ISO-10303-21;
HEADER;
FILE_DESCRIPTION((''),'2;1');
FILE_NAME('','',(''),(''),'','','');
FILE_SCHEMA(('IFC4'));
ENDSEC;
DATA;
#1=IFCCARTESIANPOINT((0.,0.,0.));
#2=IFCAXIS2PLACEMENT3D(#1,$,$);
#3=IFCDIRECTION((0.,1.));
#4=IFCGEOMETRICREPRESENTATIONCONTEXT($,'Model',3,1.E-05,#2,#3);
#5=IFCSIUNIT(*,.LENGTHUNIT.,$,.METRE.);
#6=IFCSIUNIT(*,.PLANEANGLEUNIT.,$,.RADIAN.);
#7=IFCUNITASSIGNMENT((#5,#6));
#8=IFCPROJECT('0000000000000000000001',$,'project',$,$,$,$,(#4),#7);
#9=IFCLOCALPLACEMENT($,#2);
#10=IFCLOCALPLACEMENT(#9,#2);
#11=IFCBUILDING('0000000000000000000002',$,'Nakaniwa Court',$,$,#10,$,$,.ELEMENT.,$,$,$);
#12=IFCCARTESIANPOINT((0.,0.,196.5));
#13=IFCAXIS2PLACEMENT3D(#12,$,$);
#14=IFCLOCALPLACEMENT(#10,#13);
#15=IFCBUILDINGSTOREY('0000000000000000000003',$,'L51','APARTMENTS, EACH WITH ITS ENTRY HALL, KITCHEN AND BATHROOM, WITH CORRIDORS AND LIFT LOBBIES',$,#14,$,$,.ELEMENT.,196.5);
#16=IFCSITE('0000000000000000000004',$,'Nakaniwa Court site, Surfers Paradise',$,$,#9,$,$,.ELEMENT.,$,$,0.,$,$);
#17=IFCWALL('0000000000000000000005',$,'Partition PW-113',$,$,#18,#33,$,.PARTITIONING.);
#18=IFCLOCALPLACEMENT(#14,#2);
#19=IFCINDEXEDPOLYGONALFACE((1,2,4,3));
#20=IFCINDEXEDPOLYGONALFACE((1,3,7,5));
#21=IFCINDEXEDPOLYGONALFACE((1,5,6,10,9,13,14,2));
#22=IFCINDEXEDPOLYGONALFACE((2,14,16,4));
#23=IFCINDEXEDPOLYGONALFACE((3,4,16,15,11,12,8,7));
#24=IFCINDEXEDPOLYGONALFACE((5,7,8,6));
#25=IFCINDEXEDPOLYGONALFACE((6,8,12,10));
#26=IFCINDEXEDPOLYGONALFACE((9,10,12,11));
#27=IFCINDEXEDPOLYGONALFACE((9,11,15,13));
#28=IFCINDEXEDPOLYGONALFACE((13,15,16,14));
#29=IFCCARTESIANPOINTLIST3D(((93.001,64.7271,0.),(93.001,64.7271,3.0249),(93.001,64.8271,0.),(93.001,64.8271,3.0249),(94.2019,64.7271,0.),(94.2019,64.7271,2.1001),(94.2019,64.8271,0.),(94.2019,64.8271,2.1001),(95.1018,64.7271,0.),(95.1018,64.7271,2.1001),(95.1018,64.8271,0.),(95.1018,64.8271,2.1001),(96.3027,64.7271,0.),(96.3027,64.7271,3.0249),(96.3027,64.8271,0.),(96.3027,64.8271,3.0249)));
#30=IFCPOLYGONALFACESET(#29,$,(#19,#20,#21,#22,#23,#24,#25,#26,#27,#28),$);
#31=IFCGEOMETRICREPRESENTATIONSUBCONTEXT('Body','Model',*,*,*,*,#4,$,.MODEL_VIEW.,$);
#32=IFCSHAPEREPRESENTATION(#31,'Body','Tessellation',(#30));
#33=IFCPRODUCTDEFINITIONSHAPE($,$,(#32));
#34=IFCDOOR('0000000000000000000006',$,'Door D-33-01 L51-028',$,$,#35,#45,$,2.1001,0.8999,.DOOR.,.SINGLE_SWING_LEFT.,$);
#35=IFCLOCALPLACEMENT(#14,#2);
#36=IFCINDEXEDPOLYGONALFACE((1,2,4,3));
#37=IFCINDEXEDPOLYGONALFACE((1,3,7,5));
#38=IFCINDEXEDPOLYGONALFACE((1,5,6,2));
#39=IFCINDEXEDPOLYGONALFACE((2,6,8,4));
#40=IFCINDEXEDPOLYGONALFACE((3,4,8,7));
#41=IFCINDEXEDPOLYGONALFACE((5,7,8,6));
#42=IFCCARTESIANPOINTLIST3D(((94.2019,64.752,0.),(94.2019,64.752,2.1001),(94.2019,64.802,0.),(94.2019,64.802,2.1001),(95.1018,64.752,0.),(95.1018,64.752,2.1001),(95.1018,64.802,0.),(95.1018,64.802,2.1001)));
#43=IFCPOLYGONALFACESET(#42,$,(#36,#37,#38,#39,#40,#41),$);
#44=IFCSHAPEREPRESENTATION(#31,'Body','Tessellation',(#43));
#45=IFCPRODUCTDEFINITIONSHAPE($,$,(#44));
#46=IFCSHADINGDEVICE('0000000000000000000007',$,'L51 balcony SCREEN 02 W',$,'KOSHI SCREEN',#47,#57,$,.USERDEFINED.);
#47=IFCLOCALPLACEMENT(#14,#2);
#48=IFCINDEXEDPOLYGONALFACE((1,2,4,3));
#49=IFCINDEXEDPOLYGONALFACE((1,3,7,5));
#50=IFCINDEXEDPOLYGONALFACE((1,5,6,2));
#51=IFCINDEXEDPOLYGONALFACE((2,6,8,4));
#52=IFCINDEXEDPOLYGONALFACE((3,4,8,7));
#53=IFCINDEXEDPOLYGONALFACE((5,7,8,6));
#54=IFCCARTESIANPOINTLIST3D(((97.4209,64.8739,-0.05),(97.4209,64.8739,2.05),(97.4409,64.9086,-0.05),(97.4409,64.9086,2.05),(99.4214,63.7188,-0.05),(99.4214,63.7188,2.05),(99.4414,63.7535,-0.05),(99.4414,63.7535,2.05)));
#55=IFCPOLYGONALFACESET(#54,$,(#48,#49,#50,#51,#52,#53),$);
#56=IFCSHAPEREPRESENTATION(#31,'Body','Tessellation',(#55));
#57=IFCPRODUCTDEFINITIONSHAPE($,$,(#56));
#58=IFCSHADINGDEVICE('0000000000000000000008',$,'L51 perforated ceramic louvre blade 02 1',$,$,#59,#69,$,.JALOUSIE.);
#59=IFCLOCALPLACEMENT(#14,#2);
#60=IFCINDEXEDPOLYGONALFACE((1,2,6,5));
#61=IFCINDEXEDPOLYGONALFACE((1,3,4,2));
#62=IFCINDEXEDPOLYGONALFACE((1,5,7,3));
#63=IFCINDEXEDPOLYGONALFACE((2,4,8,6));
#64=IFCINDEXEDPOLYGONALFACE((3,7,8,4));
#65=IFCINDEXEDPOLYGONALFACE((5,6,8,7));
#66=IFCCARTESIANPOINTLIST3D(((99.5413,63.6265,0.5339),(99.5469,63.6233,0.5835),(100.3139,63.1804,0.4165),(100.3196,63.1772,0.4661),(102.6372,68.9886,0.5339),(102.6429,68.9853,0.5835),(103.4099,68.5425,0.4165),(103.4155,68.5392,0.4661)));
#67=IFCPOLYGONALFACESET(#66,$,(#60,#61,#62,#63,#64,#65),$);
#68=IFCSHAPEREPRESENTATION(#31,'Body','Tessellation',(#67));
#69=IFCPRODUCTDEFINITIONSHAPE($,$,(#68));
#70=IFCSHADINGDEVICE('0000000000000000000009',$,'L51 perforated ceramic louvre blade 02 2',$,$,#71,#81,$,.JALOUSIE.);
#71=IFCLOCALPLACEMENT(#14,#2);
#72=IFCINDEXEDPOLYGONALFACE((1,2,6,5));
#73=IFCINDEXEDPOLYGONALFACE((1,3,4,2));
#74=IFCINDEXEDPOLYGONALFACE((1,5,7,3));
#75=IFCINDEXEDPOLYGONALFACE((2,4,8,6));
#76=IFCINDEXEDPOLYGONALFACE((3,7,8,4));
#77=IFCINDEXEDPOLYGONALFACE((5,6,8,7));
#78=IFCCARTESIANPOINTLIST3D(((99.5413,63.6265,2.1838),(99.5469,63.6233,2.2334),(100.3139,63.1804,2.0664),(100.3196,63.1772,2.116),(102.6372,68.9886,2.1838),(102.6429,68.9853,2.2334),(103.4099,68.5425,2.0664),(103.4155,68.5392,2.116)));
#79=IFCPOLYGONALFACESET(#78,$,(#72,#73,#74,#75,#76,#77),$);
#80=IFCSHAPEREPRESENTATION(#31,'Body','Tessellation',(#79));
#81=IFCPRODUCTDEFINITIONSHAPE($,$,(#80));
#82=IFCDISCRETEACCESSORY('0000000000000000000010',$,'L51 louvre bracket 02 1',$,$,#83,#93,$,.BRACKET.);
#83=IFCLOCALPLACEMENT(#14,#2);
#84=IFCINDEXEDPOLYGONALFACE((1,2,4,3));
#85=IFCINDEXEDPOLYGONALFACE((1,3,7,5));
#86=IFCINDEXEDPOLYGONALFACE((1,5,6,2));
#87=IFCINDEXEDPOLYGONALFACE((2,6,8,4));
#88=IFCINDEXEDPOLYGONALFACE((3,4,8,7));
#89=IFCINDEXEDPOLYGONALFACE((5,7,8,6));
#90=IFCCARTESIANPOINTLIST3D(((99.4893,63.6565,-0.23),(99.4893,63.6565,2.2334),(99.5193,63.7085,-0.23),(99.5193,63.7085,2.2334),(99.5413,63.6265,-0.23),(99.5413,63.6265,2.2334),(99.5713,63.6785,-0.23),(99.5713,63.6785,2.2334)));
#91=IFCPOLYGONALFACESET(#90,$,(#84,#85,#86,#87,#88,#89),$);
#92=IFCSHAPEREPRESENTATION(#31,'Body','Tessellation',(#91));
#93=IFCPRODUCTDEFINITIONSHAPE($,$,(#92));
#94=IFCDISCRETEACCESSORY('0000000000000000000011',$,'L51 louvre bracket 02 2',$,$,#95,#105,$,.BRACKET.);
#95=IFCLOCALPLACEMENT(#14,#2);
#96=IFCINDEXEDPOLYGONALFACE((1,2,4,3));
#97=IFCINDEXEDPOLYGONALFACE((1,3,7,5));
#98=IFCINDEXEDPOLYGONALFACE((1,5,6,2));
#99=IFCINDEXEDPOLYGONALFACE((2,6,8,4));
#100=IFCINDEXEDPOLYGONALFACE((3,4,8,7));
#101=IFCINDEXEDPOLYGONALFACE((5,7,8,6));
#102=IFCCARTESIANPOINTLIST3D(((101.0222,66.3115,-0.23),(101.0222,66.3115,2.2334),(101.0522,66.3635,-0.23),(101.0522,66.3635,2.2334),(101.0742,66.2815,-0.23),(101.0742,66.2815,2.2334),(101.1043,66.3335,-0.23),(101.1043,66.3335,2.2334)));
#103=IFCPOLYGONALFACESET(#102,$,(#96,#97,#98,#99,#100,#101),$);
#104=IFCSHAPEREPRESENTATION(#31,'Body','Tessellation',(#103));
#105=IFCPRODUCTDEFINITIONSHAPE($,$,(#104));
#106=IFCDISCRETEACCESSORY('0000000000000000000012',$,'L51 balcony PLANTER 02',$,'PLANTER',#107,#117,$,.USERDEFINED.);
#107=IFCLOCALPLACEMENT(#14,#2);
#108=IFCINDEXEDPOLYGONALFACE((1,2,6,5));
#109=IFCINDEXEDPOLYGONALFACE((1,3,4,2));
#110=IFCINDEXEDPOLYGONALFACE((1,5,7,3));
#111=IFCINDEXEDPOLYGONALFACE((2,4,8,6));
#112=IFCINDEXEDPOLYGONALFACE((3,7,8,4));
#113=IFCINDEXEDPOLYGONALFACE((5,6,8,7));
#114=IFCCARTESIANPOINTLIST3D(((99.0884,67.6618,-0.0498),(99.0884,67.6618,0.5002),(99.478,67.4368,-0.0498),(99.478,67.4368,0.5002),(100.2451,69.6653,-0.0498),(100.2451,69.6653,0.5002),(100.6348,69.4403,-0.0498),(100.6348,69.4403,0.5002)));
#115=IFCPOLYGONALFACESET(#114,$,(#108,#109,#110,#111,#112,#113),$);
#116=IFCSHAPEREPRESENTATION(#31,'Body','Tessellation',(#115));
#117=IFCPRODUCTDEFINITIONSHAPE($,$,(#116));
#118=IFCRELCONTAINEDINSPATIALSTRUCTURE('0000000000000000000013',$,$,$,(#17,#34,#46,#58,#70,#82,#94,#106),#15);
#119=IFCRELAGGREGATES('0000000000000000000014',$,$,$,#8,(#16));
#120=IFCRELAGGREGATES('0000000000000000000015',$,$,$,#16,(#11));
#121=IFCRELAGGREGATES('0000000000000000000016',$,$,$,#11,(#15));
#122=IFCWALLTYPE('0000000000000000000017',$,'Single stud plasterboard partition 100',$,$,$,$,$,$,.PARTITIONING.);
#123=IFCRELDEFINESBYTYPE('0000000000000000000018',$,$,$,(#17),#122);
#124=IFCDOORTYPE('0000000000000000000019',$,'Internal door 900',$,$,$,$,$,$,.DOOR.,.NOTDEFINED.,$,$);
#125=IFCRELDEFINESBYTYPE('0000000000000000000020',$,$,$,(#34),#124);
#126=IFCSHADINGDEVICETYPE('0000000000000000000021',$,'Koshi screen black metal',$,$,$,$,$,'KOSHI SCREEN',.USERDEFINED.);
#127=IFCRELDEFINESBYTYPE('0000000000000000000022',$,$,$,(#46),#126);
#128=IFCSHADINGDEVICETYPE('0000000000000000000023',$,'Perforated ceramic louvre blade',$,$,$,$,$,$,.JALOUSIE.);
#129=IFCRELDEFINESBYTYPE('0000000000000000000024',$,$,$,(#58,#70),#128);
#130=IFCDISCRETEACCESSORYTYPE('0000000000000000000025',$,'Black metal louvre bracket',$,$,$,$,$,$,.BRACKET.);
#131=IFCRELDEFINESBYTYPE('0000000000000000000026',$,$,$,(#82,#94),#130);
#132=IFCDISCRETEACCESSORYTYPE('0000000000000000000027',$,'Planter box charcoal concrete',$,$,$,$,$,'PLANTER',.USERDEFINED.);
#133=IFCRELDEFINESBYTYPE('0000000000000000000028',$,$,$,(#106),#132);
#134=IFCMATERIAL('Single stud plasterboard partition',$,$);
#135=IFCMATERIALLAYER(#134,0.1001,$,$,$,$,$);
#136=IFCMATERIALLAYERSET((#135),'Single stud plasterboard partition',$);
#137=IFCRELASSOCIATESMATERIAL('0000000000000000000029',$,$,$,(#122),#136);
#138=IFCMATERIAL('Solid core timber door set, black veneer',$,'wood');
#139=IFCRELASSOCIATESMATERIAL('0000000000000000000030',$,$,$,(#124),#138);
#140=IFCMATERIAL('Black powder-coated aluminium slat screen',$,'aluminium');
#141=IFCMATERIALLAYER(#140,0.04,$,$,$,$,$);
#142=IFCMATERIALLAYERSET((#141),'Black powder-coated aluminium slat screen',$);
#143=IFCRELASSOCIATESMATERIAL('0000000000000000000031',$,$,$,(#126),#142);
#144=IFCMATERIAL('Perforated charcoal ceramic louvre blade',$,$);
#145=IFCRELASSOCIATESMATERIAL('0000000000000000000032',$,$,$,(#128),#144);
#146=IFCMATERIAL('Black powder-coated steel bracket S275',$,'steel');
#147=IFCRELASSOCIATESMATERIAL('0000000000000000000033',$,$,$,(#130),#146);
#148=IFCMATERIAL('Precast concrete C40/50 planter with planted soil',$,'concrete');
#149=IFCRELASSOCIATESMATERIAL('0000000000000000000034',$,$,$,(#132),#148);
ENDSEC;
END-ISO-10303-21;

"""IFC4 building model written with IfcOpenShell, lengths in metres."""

from ifc_helpers import new_model, si_unit, direction, frame, frame_2d, origin, origin_2d, place, context, subcontext, project, spatial, rectangle, extrude, material, layer, layer_set, material_profile, profile_set, type_object, element, fill, save


model = new_model("IFC4")

# Units and contexts
model_context = context("Model", 3, precision=1e-05, world=origin(), true_north=direction((0.0, 1.0)))
body_context = subcontext(model_context, "Body", "Model", "MODEL_VIEW")
ifc_project = project(units=[si_unit("LENGTHUNIT", "METRE"), si_unit("PLANEANGLEUNIT", "RADIAN")], contexts=[model_context])

# Site, building, storey
site_placement = place(None, origin())
site = spatial("IfcSite", under=ifc_project, at=site_placement, Name="Nakaniwa Court site, Surfers Paradise", CompositionType="ELEMENT", RefElevation=0.0)
building_placement = place(site_placement, origin())
building = spatial("IfcBuilding", under=site, at=building_placement, Name="Nakaniwa Court", CompositionType="ELEMENT")
storey_placement = place(building_placement, frame((0.0, 0.0, 196.5)))
storey = spatial("IfcBuildingStorey", under=building, at=storey_placement, Name="L51", Description="APARTMENTS, EACH WITH ITS ENTRY HALL, KITCHEN AND BATHROOM, WITH CORRIDORS AND LIFT LOBBIES", CompositionType="ELEMENT", Elevation=196.5)

# Shared definitions
ifc_material_1 = material(Name="Solid core timber door set, black veneer", Category="wood")

# Wall, opening, door
ifc_material_2 = material(Name="Single stud plasterboard partition")
ifc_layer_1 = layer(ifc_material_2, 0.1001)
ifc_layer_set_1 = layer_set([ifc_layer_1], Name="Single stud plasterboard partition")
wall_type_1 = type_object("IfcWallType", Name="Single stud plasterboard partition 100", PredefinedType="PARTITIONING", material=ifc_layer_set_1)
wall_1_placement = place(storey_placement, frame((93.001, 64.7771, 0.0), z_axis=(0.0, 0.0, 1.0), x_axis=(1.0, 0.0, 0.0)))
wall_1 = element("IfcWall", 1, at=wall_1_placement, inside=storey, type_object=wall_type_1, Name="Partition PW-113", PredefinedType="PARTITIONING", context=body_context, shape_type="SweptSolid", body=[
    extrude(rectangle(XDim=3.3018, YDim=0.1001, at=frame_2d((1.6509, 0.0))), origin(), (0.0, 0.0, 1.0), 3.0249),
])
opening_1_placement = place(wall_1_placement, frame((1.2009, 0.0, 0.0)))
opening_1 = element("IfcOpeningElement", 2, at=opening_1_placement, cuts=wall_1, PredefinedType="OPENING", context=body_context, shape_type="SweptSolid", body=[
    extrude(rectangle(XDim=0.8999, YDim=2.1001, at=frame_2d((0.45, 1.05))), frame((0.0, 0.0601, 0.0), z_axis=(0.0, -1.0, 0.0), x_axis=(1.0, 0.0, 0.0)), (0.0, 0.0, 1.0), 0.1201),
])
door_type_1 = type_object("IfcDoorType", Name="Internal door 900", OperationType="NOTDEFINED", PredefinedType="DOOR", material=ifc_material_1)
door_1_placement = place(opening_1_placement, origin())
door_1 = element("IfcDoor", 3, at=door_1_placement, inside=storey, type_object=door_type_1, Name="Door D-33-01 L51-028", OperationType="SINGLE_SWING_LEFT", OverallHeight=2.1001, OverallWidth=0.8999, PredefinedType="DOOR", context=body_context, shape_type="SweptSolid", body=[
    extrude(rectangle(XDim=0.8999, YDim=2.1001, at=frame_2d((0.45, 1.05))), frame((0.0, 0.0249, 0.0), z_axis=(0.0, -1.0, 0.0), x_axis=(1.0, 0.0, 0.0)), (0.0, 0.0, 1.0), 0.05),
])
fill(opening_1, door_1)

# Shading devices
ifc_material_3 = material(Name="Black powder-coated aluminium slat screen", Category="aluminium")
ifc_layer_2 = layer(ifc_material_3, 0.04)
ifc_layer_set_2 = layer_set([ifc_layer_2], Name="Black powder-coated aluminium slat screen")
shading_device_type_1 = type_object("IfcShadingDeviceType", Name="Koshi screen black metal", ElementType="KOSHI SCREEN", PredefinedType="USERDEFINED", material=ifc_layer_set_2)
shading_device_placement = place(storey_placement, frame((98.4312, 64.3137, -0.05), z_axis=(0.0, 0.0, 1.0), x_axis=(0.500017, 0.866016, 0.0)))
element("IfcShadingDevice", 4, at=shading_device_placement, inside=storey, type_object=shading_device_type_1, Name="L51 balcony SCREEN 02 W", ObjectType="KOSHI SCREEN", PredefinedType="USERDEFINED", context=body_context, shape_type="SweptSolid", body=[
    extrude(rectangle(XDim=0.04, YDim=2.3101, at=origin_2d()), origin(), (0.0, 0.0, 1.0), 2.1001),
])
ifc_material_4 = material(Name="Perforated charcoal ceramic louvre blade")
ifc_material_profile_1 = material_profile(ifc_material_4, rectangle(XDim=0.8999, YDim=0.05, at=origin_2d()), Name="Perforated ceramic louvre blade")
ifc_profile_set_1 = profile_set([ifc_material_profile_1], Name="Perforated charcoal ceramic louvre blade")
shading_device_type_2 = type_object("IfcShadingDeviceType", Name="Perforated ceramic louvre blade", PredefinedType="JALOUSIE", material=ifc_profile_set_1)
for number, where, z_axis, x_axis, name in (
    (5, (99.9304, 63.4019, 0.5), (0.500019, 0.866014, 0.0), (-0.858605, 0.495742, 0.130526), "L51 perforated ceramic louvre blade 02 1"),
    (6, (99.9304, 63.4019, 2.1499), (0.500019, 0.866014, 0.0), (-0.858605, 0.495742, 0.130526), "L51 perforated ceramic louvre blade 02 2"),
):
    element("IfcShadingDevice", number, at=place(storey_placement, frame(where, z_axis=z_axis, x_axis=x_axis)), inside=storey, type_object=shading_device_type_2, Name=name, PredefinedType="JALOUSIE", context=body_context, shape_type="SweptSolid", body=[
        extrude(rectangle(XDim=0.8999, YDim=0.05, at=origin_2d()), origin(), (0.0, 0.0, 1.0), 6.1917),
    ])

# Discrete accessories
ifc_material_5 = material(Name="Black powder-coated steel bracket S275", Category="steel")
discrete_accessory_type_1 = type_object("IfcDiscreteAccessoryType", Name="Black metal louvre bracket", PredefinedType="BRACKET", material=ifc_material_5)
for number, where, z_axis, x_axis, name in (
    (7, (99.5303, 63.6675, -0.23), (0.0, 0.0, 1.0), (0.500017, 0.866016, 0.0), "L51 louvre bracket 02 1"),
    (8, (101.0632, 66.3225, -0.23), (0.0, 0.0, 1.0), (0.500017, 0.866016, 0.0), "L51 louvre bracket 02 2"),
):
    element("IfcDiscreteAccessory", number, at=place(storey_placement, frame(where, z_axis=z_axis, x_axis=x_axis)), inside=storey, type_object=discrete_accessory_type_1, Name=name, PredefinedType="BRACKET", context=body_context, shape_type="SweptSolid", body=[
        extrude(rectangle(XDim=0.0601, YDim=0.0601, at=origin_2d()), origin(), (0.0, 0.0, 1.0), 2.4634),
    ])
ifc_material_6 = material(Name="Precast concrete C40/50 planter with planted soil", Category="concrete")
discrete_accessory_type_2 = type_object("IfcDiscreteAccessoryType", Name="Planter box charcoal concrete", ElementType="PLANTER", PredefinedType="USERDEFINED", material=ifc_material_6)
discrete_accessory_placement = place(storey_placement, frame((99.8616, 68.551, -0.0498), z_axis=(0.0, 0.0, 1.0), x_axis=(0.500017, 0.866016, 0.0)))
element("IfcDiscreteAccessory", 9, at=discrete_accessory_placement, inside=storey, type_object=discrete_accessory_type_2, Name="L51 balcony PLANTER 02", ObjectType="PLANTER", PredefinedType="USERDEFINED", context=body_context, shape_type="SweptSolid", body=[
    extrude(rectangle(XDim=2.3135, YDim=0.45, at=origin_2d()), origin(), (0.0, 0.0, 1.0), 0.55),
])

save(model, "model.ifc")
